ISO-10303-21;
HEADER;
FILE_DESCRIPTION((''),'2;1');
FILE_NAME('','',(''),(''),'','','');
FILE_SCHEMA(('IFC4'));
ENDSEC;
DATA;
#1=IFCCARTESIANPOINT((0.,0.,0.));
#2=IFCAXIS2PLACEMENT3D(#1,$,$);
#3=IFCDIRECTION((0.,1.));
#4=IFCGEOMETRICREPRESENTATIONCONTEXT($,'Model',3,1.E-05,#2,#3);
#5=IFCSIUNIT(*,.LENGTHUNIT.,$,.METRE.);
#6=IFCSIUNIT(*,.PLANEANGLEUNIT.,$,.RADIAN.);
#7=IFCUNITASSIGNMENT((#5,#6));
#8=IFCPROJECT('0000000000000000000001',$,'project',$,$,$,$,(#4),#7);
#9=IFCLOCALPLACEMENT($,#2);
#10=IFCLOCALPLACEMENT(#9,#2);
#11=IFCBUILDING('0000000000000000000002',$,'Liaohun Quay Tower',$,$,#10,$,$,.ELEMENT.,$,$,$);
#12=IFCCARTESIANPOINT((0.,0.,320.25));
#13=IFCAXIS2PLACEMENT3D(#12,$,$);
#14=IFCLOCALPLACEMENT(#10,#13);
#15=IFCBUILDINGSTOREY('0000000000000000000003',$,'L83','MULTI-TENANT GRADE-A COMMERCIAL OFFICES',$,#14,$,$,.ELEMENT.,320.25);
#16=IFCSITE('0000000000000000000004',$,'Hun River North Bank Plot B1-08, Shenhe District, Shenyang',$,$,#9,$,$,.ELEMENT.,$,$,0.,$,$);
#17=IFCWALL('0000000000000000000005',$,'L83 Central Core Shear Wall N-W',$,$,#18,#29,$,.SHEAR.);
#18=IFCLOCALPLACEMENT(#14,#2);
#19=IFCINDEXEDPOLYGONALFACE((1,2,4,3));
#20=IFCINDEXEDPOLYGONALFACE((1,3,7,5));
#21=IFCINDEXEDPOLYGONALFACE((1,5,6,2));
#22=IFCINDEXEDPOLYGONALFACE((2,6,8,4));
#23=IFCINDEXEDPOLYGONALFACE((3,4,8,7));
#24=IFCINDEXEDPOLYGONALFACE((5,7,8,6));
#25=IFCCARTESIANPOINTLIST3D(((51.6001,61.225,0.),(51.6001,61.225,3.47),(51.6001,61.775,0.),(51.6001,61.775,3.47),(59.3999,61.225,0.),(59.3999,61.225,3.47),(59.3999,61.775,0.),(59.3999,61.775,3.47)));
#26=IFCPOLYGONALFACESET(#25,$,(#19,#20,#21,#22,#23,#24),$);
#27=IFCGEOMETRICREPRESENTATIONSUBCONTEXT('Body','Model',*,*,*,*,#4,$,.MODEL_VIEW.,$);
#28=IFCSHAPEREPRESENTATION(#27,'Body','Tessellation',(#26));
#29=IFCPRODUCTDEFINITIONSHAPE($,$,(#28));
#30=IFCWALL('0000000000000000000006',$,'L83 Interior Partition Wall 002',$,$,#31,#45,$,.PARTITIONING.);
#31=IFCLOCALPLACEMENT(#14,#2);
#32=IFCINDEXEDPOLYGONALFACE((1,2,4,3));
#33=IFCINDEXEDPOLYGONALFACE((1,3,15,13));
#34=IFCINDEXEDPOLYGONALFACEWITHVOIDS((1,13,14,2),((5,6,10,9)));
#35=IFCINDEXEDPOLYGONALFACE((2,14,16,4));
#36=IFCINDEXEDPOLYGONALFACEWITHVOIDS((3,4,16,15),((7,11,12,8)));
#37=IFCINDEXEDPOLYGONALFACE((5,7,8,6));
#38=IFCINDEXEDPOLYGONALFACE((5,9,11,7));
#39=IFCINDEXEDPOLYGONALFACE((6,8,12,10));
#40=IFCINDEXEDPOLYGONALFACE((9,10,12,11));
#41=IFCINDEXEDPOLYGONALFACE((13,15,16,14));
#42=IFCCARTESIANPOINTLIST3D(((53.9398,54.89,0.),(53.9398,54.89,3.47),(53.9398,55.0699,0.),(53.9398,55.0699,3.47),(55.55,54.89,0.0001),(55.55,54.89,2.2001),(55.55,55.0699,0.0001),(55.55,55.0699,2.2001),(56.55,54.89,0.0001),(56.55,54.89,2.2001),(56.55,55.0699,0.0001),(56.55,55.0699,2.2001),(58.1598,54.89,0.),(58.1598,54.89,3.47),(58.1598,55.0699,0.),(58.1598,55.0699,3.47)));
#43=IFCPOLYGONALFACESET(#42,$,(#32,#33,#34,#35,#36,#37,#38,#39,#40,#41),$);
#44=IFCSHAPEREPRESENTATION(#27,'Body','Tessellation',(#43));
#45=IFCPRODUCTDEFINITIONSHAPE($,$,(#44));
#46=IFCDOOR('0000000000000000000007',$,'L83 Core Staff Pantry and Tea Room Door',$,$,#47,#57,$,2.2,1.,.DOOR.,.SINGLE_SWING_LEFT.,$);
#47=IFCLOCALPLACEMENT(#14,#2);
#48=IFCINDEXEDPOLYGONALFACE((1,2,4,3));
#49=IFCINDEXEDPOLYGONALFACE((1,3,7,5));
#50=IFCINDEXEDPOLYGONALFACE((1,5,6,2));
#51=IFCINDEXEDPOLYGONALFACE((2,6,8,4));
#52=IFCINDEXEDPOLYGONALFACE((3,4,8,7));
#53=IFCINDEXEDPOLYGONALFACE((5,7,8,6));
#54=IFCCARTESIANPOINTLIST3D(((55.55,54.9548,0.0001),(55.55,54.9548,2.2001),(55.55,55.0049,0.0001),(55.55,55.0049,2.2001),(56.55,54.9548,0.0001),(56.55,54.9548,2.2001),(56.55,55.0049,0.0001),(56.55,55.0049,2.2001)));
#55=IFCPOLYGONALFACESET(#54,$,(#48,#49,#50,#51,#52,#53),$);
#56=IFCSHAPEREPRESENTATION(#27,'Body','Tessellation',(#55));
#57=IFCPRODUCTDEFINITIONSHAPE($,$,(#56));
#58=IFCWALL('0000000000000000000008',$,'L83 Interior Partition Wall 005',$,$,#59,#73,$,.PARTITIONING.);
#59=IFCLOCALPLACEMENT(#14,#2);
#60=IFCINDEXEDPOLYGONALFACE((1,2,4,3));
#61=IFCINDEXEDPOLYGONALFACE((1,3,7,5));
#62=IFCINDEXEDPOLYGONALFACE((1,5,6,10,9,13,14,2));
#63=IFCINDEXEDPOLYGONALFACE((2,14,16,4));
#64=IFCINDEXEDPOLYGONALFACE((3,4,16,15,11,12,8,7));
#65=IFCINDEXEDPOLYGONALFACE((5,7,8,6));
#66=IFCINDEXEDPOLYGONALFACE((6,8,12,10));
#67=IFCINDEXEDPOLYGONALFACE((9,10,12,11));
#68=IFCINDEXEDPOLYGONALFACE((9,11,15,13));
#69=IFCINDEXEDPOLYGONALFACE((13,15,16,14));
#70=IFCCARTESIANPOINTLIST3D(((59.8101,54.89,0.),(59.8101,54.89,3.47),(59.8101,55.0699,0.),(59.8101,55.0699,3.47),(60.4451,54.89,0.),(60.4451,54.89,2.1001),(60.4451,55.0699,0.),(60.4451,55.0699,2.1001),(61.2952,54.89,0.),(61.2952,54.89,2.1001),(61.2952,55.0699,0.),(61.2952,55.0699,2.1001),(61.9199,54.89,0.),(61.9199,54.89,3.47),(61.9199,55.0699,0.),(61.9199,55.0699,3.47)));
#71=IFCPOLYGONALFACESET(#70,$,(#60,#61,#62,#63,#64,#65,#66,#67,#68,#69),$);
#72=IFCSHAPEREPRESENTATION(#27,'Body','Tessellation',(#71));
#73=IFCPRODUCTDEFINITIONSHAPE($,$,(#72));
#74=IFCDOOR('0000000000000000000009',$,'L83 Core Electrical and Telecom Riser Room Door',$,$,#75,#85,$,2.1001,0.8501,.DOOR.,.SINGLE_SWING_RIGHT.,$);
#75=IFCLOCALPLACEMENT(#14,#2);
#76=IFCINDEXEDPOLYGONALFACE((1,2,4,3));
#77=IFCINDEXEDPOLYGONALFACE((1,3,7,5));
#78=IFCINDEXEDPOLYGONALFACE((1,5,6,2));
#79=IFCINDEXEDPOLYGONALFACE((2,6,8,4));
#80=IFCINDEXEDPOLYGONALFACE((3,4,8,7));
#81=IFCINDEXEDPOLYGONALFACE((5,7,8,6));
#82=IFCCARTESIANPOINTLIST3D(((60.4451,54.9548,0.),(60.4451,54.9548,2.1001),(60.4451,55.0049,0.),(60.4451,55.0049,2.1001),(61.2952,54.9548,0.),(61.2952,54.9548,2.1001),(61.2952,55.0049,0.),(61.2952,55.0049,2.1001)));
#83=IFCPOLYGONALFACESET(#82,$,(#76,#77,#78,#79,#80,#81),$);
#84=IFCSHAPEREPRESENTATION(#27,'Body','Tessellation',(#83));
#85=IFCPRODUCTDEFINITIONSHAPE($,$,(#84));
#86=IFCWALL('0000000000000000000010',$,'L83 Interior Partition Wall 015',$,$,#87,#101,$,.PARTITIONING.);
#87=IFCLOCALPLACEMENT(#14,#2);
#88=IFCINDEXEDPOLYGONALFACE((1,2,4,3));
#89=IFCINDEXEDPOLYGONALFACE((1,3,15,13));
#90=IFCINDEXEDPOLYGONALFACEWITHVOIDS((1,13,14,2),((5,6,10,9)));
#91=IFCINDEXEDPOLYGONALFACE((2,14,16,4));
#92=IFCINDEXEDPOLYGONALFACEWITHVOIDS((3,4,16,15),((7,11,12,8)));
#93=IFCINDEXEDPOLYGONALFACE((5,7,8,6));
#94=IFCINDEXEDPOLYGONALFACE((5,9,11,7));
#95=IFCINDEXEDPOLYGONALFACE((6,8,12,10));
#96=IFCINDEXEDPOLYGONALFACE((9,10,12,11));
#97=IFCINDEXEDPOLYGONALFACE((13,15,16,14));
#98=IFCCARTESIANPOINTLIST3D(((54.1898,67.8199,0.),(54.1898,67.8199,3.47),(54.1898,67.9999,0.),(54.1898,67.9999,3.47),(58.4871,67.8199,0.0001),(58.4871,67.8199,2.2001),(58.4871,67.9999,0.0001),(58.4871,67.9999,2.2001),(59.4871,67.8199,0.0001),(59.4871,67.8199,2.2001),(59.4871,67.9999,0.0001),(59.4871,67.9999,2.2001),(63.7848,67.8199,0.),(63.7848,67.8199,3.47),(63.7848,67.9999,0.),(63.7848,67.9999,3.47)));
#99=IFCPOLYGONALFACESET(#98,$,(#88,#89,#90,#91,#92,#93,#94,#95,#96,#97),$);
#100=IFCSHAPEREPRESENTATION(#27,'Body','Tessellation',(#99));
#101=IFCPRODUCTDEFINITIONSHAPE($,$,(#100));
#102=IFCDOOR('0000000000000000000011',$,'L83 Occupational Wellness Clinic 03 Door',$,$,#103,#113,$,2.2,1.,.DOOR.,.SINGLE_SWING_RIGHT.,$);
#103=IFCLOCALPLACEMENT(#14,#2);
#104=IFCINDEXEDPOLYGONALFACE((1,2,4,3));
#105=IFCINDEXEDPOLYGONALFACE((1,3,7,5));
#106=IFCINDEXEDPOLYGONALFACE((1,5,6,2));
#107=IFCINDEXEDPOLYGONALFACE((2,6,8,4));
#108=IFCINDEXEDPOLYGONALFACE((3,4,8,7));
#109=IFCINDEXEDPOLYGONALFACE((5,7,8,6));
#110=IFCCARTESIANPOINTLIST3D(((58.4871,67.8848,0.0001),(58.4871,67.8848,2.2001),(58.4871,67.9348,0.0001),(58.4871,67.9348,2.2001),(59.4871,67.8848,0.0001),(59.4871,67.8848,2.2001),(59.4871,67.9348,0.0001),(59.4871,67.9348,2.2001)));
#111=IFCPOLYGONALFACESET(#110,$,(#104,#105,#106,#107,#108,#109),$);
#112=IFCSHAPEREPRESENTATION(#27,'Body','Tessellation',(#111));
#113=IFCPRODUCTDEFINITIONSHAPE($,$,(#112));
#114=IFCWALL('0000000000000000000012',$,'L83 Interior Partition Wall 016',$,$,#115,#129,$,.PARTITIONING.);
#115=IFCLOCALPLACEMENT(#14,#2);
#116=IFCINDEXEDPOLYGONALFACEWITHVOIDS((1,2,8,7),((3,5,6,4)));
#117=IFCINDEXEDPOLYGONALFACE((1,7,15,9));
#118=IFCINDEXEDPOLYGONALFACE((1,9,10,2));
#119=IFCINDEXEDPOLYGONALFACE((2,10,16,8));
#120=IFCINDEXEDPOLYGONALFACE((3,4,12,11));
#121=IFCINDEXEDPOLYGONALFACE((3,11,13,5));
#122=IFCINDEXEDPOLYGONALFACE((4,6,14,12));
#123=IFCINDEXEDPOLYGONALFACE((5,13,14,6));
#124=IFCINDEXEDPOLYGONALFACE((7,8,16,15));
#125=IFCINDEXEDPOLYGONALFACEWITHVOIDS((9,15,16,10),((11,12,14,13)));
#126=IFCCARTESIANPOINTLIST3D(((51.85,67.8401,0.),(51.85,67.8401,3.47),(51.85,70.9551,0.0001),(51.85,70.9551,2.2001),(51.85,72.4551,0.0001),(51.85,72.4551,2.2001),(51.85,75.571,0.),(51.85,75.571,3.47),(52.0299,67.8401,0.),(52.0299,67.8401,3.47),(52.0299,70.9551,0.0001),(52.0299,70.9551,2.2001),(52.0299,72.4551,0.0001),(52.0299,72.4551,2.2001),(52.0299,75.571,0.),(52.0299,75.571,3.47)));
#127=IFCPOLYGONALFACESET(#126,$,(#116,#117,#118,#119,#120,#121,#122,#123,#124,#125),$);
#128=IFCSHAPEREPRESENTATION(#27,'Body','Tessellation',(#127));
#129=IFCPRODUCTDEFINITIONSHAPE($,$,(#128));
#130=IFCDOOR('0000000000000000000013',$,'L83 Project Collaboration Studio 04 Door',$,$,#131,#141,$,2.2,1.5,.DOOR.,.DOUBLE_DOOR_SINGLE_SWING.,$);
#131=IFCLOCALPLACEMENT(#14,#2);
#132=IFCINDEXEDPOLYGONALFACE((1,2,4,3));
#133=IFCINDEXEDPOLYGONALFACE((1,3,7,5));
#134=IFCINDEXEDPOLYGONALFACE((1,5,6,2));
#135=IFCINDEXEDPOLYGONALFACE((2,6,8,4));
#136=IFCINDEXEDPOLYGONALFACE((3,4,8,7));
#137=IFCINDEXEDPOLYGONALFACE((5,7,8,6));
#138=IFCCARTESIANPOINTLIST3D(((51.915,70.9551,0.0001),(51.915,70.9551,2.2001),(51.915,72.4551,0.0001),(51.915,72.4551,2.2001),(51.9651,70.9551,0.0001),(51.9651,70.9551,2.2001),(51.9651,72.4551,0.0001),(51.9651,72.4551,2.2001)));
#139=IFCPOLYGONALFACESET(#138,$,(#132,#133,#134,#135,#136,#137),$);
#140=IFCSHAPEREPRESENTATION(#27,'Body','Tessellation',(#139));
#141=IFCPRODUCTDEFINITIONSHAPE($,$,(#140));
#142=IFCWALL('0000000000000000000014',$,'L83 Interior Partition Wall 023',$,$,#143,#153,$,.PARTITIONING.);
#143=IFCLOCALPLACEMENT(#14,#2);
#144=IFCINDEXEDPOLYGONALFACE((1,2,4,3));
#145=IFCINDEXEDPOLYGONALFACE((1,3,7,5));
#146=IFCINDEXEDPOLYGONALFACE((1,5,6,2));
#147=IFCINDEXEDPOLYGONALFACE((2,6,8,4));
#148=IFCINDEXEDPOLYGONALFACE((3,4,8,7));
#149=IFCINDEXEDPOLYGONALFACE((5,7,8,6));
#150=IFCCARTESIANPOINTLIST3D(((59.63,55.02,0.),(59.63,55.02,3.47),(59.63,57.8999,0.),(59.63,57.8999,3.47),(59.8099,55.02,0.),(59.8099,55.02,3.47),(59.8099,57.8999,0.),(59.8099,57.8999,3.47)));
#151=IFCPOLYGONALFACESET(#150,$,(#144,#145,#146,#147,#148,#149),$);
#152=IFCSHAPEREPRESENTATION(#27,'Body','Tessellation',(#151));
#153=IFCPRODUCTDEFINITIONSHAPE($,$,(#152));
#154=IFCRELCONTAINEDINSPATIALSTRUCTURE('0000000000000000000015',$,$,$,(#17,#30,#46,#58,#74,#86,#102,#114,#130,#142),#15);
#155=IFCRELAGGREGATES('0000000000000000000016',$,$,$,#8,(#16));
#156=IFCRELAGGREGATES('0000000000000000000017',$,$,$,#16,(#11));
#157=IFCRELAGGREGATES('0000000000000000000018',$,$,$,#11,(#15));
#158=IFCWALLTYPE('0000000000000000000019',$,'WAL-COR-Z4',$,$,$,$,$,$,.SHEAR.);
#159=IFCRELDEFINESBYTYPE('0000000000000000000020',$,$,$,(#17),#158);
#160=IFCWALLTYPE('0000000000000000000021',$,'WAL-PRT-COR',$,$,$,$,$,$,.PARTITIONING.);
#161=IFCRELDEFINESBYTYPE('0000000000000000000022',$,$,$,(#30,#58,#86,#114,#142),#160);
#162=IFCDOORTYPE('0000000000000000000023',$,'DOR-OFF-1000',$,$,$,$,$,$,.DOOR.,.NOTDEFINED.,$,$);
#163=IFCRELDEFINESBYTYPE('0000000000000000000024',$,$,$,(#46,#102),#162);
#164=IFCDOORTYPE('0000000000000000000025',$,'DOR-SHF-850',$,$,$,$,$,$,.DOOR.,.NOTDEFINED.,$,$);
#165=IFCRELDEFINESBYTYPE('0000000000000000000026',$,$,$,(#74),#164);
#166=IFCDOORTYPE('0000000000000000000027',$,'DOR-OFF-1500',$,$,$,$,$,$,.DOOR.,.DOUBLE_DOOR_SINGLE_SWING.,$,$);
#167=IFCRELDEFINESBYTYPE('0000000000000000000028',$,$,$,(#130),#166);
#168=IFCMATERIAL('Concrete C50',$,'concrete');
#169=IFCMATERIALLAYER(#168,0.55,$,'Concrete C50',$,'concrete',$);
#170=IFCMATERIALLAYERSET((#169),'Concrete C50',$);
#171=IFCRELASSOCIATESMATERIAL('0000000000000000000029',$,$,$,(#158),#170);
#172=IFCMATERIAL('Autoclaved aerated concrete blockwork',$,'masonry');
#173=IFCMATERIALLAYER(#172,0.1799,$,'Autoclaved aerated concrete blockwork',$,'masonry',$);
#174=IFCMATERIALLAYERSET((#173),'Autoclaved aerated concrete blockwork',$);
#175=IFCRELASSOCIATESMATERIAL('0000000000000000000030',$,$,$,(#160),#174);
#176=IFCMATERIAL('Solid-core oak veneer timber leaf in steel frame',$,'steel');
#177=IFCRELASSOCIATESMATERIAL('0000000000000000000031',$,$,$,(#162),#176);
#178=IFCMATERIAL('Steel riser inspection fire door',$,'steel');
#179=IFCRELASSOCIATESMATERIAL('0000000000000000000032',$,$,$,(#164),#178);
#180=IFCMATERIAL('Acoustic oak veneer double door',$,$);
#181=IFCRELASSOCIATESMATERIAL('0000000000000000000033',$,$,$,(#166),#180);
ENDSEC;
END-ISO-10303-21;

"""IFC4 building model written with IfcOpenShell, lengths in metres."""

from ifc_helpers import new_model, si_unit, direction, frame, frame_2d, origin, place, context, subcontext, project, spatial, rectangle, extrude, source, transform, mapped, material, layer, layer_set, type_object, element, fill, save


model = new_model("IFC4")

# Units and contexts
model_context = context("Model", 3, precision=1e-05, world=origin(), true_north=direction((0.0, 1.0)))
body_context = subcontext(model_context, "Body", "Model", "MODEL_VIEW")
ifc_project = project(units=[si_unit("LENGTHUNIT", "METRE"), si_unit("PLANEANGLEUNIT", "RADIAN")], contexts=[model_context])

# Site, building, storey
site_placement = place(None, origin())
site = spatial("IfcSite", under=ifc_project, at=site_placement, Name="Hun River North Bank Plot B1-08, Shenhe District, Shenyang", CompositionType="ELEMENT", RefElevation=0.0)
building_placement = place(site_placement, origin())
building = spatial("IfcBuilding", under=site, at=building_placement, Name="Liaohun Quay Tower", CompositionType="ELEMENT")
storey_placement = place(building_placement, frame((0.0, 0.0, 320.25)))
storey = spatial("IfcBuildingStorey", under=building, at=storey_placement, Name="L83", Description="MULTI-TENANT GRADE-A COMMERCIAL OFFICES", CompositionType="ELEMENT", Elevation=320.25)

# Wall
ifc_material_1 = material(Name="Concrete C50", Category="concrete")
ifc_layer_1 = layer(ifc_material_1, 0.55, Name="Concrete C50", Category="concrete")
ifc_layer_set_1 = layer_set([ifc_layer_1], Name="Concrete C50")
wall_type_1 = type_object("IfcWallType", Name="WAL-COR-Z4", PredefinedType="SHEAR", material=ifc_layer_set_1)
wall_1_placement = place(storey_placement, frame((51.6001, 61.5, 0.0), z_axis=(0.0, 0.0, 1.0), x_axis=(1.0, 0.0, 0.0)))
element("IfcWall", 1, at=wall_1_placement, inside=storey, type_object=wall_type_1, Name="L83 Central Core Shear Wall N-W", PredefinedType="SHEAR", context=body_context, shape_type="SweptSolid", body=[
    extrude(rectangle(XDim=7.7998, YDim=0.55, at=frame_2d((3.8999, 0.0))), origin(), (0.0, 0.0, 1.0), 3.47),
])

# Walls, openings, doors
ifc_material_2 = material(Name="Autoclaved aerated concrete blockwork", Category="masonry")
ifc_layer_2 = layer(ifc_material_2, 0.1799, Name="Autoclaved aerated concrete blockwork", Category="masonry")
ifc_layer_set_2 = layer_set([ifc_layer_2], Name="Autoclaved aerated concrete blockwork")
wall_type_2 = type_object("IfcWallType", Name="WAL-PRT-COR", PredefinedType="PARTITIONING", material=ifc_layer_set_2)
wall_2_placement = place(storey_placement, frame((53.9399, 54.98, 0.0), z_axis=(0.0, 0.0, 1.0), x_axis=(1.0, 0.0, 0.0)))
wall_2 = element("IfcWall", 2, at=wall_2_placement, inside=storey, type_object=wall_type_2, Name="L83 Interior Partition Wall 002", PredefinedType="PARTITIONING", context=body_context, shape_type="SweptSolid", body=[
    extrude(rectangle(XDim=4.22, YDim=0.1799, at=frame_2d((2.1099, 0.0))), origin(), (0.0, 0.0, 1.0), 3.47),
])
shared_shape_1 = source(origin(), body_context, "Body", "SweptSolid", [
    extrude(rectangle(XDim=1.0, YDim=2.2, at=frame_2d((0.5, 1.1001))), frame((0.0, 0.0999, 0.0), z_axis=(0.0, -1.0, 0.0), x_axis=(1.0, 0.0, 0.0)), (0.0, 0.0, 1.0), 0.2),
])
opening_1_placement = place(wall_2_placement, frame((1.6101, 0.0, 0.0)))
opening_1 = element("IfcOpeningElement", 3, at=opening_1_placement, cuts=wall_2, PredefinedType="OPENING", context=body_context, shape_type="MappedRepresentation", body=[
    mapped(shared_shape_1, transform((0.0, 0.0, 0.0), x_axis=(1.0, 0.0, 0.0), y_axis=(0.0, 1.0, 0.0), z_axis=(0.0, 0.0, 1.0), scale=1.0)),
])
ifc_material_3 = material(Name="Solid-core oak veneer timber leaf in steel frame", Category="steel")
door_type_1 = type_object("IfcDoorType", Name="DOR-OFF-1000", OperationType="NOTDEFINED", PredefinedType="DOOR", material=ifc_material_3)
shared_shape_2 = source(origin(), body_context, "Body", "SweptSolid", [
    extrude(rectangle(XDim=1.0, YDim=2.2, at=frame_2d((0.5, 1.1001))), frame((0.0, 0.0249, 0.0), z_axis=(0.0, -1.0, 0.0), x_axis=(1.0, 0.0, 0.0)), (0.0, 0.0, 1.0), 0.05),
])
door_1_placement = place(opening_1_placement, origin())
door_1 = element("IfcDoor", 4, at=door_1_placement, inside=storey, type_object=door_type_1, Name="L83 Core Staff Pantry and Tea Room Door", OperationType="SINGLE_SWING_LEFT", OverallHeight=2.2, OverallWidth=1.0, PredefinedType="DOOR", context=body_context, shape_type="MappedRepresentation", body=[
    mapped(shared_shape_2, transform((0.0, 0.0, 0.0), x_axis=(1.0, 0.0, 0.0), y_axis=(0.0, 1.0, 0.0), z_axis=(0.0, 0.0, 1.0), scale=1.0)),
])
fill(opening_1, door_1)
wall_3_placement = place(storey_placement, frame((59.8101, 54.98, 0.0), z_axis=(0.0, 0.0, 1.0), x_axis=(1.0, 0.0, 0.0)))
wall_3 = element("IfcWall", 5, at=wall_3_placement, inside=storey, type_object=wall_type_2, Name="L83 Interior Partition Wall 005", PredefinedType="PARTITIONING", context=body_context, shape_type="SweptSolid", body=[
    extrude(rectangle(XDim=2.1099, YDim=0.1799, at=frame_2d((1.0549, 0.0))), origin(), (0.0, 0.0, 1.0), 3.47),
])
shared_shape_3 = source(origin(), body_context, "Body", "SweptSolid", [
    extrude(rectangle(XDim=0.8501, YDim=2.1001, at=frame_2d((0.425, 1.05))), frame((0.0, 0.0999, 0.0), z_axis=(0.0, -1.0, 0.0), x_axis=(1.0, 0.0, 0.0)), (0.0, 0.0, 1.0), 0.2),
])
opening_2_placement = place(wall_3_placement, frame((0.635, 0.0, 0.0)))
opening_2 = element("IfcOpeningElement", 6, at=opening_2_placement, cuts=wall_3, PredefinedType="OPENING", context=body_context, shape_type="MappedRepresentation", body=[
    mapped(shared_shape_3, transform((0.0, 0.0, 0.0), x_axis=(1.0, 0.0, 0.0), y_axis=(0.0, 1.0, 0.0), z_axis=(0.0, 0.0, 1.0), scale=1.0)),
])
ifc_material_4 = material(Name="Steel riser inspection fire door", Category="steel")
door_type_2 = type_object("IfcDoorType", Name="DOR-SHF-850", OperationType="NOTDEFINED", PredefinedType="DOOR", material=ifc_material_4)
shared_shape_4 = source(origin(), body_context, "Body", "SweptSolid", [
    extrude(rectangle(XDim=0.8501, YDim=2.1001, at=frame_2d((0.425, 1.05))), frame((0.0, 0.0249, 0.0), z_axis=(0.0, -1.0, 0.0), x_axis=(1.0, 0.0, 0.0)), (0.0, 0.0, 1.0), 0.05),
])
door_2_placement = place(opening_2_placement, origin())
door_2 = element("IfcDoor", 7, at=door_2_placement, inside=storey, type_object=door_type_2, Name="L83 Core Electrical and Telecom Riser Room Door", OperationType="SINGLE_SWING_RIGHT", OverallHeight=2.1001, OverallWidth=0.8501, PredefinedType="DOOR", context=body_context, shape_type="MappedRepresentation", body=[
    mapped(shared_shape_4, transform((0.0, 0.0, 0.0), x_axis=(1.0, 0.0, 0.0), y_axis=(0.0, 1.0, 0.0), z_axis=(0.0, 0.0, 1.0), scale=1.0)),
])
fill(opening_2, door_2)
wall_4_placement = place(storey_placement, frame((54.1899, 67.9099, 0.0), z_axis=(0.0, 0.0, 1.0), x_axis=(1.0, 0.0, 0.0)))
wall_4 = element("IfcWall", 8, at=wall_4_placement, inside=storey, type_object=wall_type_2, Name="L83 Interior Partition Wall 015", PredefinedType="PARTITIONING", context=body_context, shape_type="SweptSolid", body=[
    extrude(rectangle(XDim=9.595, YDim=0.1799, at=frame_2d((4.7974, 0.0))), origin(), (0.0, 0.0, 1.0), 3.47),
])
opening_3_placement = place(wall_4_placement, frame((4.2971, 0.0, 0.0)))
opening_3 = element("IfcOpeningElement", 9, at=opening_3_placement, cuts=wall_4, PredefinedType="OPENING", context=body_context, shape_type="MappedRepresentation", body=[
    mapped(shared_shape_1, transform((0.0, 0.0, 0.0), x_axis=(1.0, 0.0, 0.0), y_axis=(0.0, 1.0, 0.0), z_axis=(0.0, 0.0, 1.0), scale=1.0)),
])
door_3_placement = place(opening_3_placement, origin())
door_3 = element("IfcDoor", 10, at=door_3_placement, inside=storey, type_object=door_type_1, Name="L83 Occupational Wellness Clinic 03 Door", OperationType="SINGLE_SWING_RIGHT", OverallHeight=2.2, OverallWidth=1.0, PredefinedType="DOOR", context=body_context, shape_type="MappedRepresentation", body=[
    mapped(shared_shape_2, transform((0.0, 0.0, 0.0), x_axis=(1.0, 0.0, 0.0), y_axis=(0.0, 1.0, 0.0), z_axis=(0.0, 0.0, 1.0), scale=1.0)),
])
fill(opening_3, door_3)
wall_5_placement = place(storey_placement, frame((51.9399, 67.8401, 0.0), z_axis=(0.0, 0.0, 1.0), x_axis=(0.0, 1.0, 0.0)))
wall_5 = element("IfcWall", 11, at=wall_5_placement, inside=storey, type_object=wall_type_2, Name="L83 Interior Partition Wall 016", PredefinedType="PARTITIONING", context=body_context, shape_type="SweptSolid", body=[
    extrude(rectangle(XDim=7.731, YDim=0.1799, at=frame_2d((3.8655, 0.0))), origin(), (0.0, 0.0, 1.0), 3.47),
])
shared_shape_5 = source(origin(), body_context, "Body", "SweptSolid", [
    extrude(rectangle(XDim=1.5, YDim=2.2, at=frame_2d((0.75, 1.1001))), frame((0.0, 0.0999, 0.0), z_axis=(0.0, -1.0, 0.0), x_axis=(1.0, 0.0, 0.0)), (0.0, 0.0, 1.0), 0.2),
])
opening_4_placement = place(wall_5_placement, frame((3.115, 0.0, 0.0)))
opening_4 = element("IfcOpeningElement", 12, at=opening_4_placement, cuts=wall_5, PredefinedType="OPENING", context=body_context, shape_type="MappedRepresentation", body=[
    mapped(shared_shape_5, transform((0.0, 0.0, 0.0), x_axis=(1.0, 0.0, 0.0), y_axis=(0.0, 1.0, 0.0), z_axis=(0.0, 0.0, 1.0), scale=1.0)),
])
ifc_material_5 = material(Name="Acoustic oak veneer double door")
door_type_3 = type_object("IfcDoorType", Name="DOR-OFF-1500", OperationType="DOUBLE_DOOR_SINGLE_SWING", PredefinedType="DOOR", material=ifc_material_5)
shared_shape_6 = source(origin(), body_context, "Body", "SweptSolid", [
    extrude(rectangle(XDim=1.5, YDim=2.2, at=frame_2d((0.75, 1.1001))), frame((0.0, 0.0249, 0.0), z_axis=(0.0, -1.0, 0.0), x_axis=(1.0, 0.0, 0.0)), (0.0, 0.0, 1.0), 0.05),
])
door_4_placement = place(opening_4_placement, origin())
door_4 = element("IfcDoor", 13, at=door_4_placement, inside=storey, type_object=door_type_3, Name="L83 Project Collaboration Studio 04 Door", OperationType="DOUBLE_DOOR_SINGLE_SWING", OverallHeight=2.2, OverallWidth=1.5, PredefinedType="DOOR", context=body_context, shape_type="MappedRepresentation", body=[
    mapped(shared_shape_6, transform((0.0, 0.0, 0.0), x_axis=(1.0, 0.0, 0.0), y_axis=(0.0, 1.0, 0.0), z_axis=(0.0, 0.0, 1.0), scale=1.0)),
])
fill(opening_4, door_4)

# Wall
wall_6_placement = place(storey_placement, frame((59.72, 55.02, 0.0), z_axis=(0.0, 0.0, 1.0), x_axis=(0.0, 1.0, 0.0)))
element("IfcWall", 14, at=wall_6_placement, inside=storey, type_object=wall_type_2, Name="L83 Interior Partition Wall 023", PredefinedType="PARTITIONING", context=body_context, shape_type="SweptSolid", body=[
    extrude(rectangle(XDim=2.8799, YDim=0.1799, at=frame_2d((1.4399, 0.0))), origin(), (0.0, 0.0, 1.0), 3.47),
])

save(model, "model.ifc")
